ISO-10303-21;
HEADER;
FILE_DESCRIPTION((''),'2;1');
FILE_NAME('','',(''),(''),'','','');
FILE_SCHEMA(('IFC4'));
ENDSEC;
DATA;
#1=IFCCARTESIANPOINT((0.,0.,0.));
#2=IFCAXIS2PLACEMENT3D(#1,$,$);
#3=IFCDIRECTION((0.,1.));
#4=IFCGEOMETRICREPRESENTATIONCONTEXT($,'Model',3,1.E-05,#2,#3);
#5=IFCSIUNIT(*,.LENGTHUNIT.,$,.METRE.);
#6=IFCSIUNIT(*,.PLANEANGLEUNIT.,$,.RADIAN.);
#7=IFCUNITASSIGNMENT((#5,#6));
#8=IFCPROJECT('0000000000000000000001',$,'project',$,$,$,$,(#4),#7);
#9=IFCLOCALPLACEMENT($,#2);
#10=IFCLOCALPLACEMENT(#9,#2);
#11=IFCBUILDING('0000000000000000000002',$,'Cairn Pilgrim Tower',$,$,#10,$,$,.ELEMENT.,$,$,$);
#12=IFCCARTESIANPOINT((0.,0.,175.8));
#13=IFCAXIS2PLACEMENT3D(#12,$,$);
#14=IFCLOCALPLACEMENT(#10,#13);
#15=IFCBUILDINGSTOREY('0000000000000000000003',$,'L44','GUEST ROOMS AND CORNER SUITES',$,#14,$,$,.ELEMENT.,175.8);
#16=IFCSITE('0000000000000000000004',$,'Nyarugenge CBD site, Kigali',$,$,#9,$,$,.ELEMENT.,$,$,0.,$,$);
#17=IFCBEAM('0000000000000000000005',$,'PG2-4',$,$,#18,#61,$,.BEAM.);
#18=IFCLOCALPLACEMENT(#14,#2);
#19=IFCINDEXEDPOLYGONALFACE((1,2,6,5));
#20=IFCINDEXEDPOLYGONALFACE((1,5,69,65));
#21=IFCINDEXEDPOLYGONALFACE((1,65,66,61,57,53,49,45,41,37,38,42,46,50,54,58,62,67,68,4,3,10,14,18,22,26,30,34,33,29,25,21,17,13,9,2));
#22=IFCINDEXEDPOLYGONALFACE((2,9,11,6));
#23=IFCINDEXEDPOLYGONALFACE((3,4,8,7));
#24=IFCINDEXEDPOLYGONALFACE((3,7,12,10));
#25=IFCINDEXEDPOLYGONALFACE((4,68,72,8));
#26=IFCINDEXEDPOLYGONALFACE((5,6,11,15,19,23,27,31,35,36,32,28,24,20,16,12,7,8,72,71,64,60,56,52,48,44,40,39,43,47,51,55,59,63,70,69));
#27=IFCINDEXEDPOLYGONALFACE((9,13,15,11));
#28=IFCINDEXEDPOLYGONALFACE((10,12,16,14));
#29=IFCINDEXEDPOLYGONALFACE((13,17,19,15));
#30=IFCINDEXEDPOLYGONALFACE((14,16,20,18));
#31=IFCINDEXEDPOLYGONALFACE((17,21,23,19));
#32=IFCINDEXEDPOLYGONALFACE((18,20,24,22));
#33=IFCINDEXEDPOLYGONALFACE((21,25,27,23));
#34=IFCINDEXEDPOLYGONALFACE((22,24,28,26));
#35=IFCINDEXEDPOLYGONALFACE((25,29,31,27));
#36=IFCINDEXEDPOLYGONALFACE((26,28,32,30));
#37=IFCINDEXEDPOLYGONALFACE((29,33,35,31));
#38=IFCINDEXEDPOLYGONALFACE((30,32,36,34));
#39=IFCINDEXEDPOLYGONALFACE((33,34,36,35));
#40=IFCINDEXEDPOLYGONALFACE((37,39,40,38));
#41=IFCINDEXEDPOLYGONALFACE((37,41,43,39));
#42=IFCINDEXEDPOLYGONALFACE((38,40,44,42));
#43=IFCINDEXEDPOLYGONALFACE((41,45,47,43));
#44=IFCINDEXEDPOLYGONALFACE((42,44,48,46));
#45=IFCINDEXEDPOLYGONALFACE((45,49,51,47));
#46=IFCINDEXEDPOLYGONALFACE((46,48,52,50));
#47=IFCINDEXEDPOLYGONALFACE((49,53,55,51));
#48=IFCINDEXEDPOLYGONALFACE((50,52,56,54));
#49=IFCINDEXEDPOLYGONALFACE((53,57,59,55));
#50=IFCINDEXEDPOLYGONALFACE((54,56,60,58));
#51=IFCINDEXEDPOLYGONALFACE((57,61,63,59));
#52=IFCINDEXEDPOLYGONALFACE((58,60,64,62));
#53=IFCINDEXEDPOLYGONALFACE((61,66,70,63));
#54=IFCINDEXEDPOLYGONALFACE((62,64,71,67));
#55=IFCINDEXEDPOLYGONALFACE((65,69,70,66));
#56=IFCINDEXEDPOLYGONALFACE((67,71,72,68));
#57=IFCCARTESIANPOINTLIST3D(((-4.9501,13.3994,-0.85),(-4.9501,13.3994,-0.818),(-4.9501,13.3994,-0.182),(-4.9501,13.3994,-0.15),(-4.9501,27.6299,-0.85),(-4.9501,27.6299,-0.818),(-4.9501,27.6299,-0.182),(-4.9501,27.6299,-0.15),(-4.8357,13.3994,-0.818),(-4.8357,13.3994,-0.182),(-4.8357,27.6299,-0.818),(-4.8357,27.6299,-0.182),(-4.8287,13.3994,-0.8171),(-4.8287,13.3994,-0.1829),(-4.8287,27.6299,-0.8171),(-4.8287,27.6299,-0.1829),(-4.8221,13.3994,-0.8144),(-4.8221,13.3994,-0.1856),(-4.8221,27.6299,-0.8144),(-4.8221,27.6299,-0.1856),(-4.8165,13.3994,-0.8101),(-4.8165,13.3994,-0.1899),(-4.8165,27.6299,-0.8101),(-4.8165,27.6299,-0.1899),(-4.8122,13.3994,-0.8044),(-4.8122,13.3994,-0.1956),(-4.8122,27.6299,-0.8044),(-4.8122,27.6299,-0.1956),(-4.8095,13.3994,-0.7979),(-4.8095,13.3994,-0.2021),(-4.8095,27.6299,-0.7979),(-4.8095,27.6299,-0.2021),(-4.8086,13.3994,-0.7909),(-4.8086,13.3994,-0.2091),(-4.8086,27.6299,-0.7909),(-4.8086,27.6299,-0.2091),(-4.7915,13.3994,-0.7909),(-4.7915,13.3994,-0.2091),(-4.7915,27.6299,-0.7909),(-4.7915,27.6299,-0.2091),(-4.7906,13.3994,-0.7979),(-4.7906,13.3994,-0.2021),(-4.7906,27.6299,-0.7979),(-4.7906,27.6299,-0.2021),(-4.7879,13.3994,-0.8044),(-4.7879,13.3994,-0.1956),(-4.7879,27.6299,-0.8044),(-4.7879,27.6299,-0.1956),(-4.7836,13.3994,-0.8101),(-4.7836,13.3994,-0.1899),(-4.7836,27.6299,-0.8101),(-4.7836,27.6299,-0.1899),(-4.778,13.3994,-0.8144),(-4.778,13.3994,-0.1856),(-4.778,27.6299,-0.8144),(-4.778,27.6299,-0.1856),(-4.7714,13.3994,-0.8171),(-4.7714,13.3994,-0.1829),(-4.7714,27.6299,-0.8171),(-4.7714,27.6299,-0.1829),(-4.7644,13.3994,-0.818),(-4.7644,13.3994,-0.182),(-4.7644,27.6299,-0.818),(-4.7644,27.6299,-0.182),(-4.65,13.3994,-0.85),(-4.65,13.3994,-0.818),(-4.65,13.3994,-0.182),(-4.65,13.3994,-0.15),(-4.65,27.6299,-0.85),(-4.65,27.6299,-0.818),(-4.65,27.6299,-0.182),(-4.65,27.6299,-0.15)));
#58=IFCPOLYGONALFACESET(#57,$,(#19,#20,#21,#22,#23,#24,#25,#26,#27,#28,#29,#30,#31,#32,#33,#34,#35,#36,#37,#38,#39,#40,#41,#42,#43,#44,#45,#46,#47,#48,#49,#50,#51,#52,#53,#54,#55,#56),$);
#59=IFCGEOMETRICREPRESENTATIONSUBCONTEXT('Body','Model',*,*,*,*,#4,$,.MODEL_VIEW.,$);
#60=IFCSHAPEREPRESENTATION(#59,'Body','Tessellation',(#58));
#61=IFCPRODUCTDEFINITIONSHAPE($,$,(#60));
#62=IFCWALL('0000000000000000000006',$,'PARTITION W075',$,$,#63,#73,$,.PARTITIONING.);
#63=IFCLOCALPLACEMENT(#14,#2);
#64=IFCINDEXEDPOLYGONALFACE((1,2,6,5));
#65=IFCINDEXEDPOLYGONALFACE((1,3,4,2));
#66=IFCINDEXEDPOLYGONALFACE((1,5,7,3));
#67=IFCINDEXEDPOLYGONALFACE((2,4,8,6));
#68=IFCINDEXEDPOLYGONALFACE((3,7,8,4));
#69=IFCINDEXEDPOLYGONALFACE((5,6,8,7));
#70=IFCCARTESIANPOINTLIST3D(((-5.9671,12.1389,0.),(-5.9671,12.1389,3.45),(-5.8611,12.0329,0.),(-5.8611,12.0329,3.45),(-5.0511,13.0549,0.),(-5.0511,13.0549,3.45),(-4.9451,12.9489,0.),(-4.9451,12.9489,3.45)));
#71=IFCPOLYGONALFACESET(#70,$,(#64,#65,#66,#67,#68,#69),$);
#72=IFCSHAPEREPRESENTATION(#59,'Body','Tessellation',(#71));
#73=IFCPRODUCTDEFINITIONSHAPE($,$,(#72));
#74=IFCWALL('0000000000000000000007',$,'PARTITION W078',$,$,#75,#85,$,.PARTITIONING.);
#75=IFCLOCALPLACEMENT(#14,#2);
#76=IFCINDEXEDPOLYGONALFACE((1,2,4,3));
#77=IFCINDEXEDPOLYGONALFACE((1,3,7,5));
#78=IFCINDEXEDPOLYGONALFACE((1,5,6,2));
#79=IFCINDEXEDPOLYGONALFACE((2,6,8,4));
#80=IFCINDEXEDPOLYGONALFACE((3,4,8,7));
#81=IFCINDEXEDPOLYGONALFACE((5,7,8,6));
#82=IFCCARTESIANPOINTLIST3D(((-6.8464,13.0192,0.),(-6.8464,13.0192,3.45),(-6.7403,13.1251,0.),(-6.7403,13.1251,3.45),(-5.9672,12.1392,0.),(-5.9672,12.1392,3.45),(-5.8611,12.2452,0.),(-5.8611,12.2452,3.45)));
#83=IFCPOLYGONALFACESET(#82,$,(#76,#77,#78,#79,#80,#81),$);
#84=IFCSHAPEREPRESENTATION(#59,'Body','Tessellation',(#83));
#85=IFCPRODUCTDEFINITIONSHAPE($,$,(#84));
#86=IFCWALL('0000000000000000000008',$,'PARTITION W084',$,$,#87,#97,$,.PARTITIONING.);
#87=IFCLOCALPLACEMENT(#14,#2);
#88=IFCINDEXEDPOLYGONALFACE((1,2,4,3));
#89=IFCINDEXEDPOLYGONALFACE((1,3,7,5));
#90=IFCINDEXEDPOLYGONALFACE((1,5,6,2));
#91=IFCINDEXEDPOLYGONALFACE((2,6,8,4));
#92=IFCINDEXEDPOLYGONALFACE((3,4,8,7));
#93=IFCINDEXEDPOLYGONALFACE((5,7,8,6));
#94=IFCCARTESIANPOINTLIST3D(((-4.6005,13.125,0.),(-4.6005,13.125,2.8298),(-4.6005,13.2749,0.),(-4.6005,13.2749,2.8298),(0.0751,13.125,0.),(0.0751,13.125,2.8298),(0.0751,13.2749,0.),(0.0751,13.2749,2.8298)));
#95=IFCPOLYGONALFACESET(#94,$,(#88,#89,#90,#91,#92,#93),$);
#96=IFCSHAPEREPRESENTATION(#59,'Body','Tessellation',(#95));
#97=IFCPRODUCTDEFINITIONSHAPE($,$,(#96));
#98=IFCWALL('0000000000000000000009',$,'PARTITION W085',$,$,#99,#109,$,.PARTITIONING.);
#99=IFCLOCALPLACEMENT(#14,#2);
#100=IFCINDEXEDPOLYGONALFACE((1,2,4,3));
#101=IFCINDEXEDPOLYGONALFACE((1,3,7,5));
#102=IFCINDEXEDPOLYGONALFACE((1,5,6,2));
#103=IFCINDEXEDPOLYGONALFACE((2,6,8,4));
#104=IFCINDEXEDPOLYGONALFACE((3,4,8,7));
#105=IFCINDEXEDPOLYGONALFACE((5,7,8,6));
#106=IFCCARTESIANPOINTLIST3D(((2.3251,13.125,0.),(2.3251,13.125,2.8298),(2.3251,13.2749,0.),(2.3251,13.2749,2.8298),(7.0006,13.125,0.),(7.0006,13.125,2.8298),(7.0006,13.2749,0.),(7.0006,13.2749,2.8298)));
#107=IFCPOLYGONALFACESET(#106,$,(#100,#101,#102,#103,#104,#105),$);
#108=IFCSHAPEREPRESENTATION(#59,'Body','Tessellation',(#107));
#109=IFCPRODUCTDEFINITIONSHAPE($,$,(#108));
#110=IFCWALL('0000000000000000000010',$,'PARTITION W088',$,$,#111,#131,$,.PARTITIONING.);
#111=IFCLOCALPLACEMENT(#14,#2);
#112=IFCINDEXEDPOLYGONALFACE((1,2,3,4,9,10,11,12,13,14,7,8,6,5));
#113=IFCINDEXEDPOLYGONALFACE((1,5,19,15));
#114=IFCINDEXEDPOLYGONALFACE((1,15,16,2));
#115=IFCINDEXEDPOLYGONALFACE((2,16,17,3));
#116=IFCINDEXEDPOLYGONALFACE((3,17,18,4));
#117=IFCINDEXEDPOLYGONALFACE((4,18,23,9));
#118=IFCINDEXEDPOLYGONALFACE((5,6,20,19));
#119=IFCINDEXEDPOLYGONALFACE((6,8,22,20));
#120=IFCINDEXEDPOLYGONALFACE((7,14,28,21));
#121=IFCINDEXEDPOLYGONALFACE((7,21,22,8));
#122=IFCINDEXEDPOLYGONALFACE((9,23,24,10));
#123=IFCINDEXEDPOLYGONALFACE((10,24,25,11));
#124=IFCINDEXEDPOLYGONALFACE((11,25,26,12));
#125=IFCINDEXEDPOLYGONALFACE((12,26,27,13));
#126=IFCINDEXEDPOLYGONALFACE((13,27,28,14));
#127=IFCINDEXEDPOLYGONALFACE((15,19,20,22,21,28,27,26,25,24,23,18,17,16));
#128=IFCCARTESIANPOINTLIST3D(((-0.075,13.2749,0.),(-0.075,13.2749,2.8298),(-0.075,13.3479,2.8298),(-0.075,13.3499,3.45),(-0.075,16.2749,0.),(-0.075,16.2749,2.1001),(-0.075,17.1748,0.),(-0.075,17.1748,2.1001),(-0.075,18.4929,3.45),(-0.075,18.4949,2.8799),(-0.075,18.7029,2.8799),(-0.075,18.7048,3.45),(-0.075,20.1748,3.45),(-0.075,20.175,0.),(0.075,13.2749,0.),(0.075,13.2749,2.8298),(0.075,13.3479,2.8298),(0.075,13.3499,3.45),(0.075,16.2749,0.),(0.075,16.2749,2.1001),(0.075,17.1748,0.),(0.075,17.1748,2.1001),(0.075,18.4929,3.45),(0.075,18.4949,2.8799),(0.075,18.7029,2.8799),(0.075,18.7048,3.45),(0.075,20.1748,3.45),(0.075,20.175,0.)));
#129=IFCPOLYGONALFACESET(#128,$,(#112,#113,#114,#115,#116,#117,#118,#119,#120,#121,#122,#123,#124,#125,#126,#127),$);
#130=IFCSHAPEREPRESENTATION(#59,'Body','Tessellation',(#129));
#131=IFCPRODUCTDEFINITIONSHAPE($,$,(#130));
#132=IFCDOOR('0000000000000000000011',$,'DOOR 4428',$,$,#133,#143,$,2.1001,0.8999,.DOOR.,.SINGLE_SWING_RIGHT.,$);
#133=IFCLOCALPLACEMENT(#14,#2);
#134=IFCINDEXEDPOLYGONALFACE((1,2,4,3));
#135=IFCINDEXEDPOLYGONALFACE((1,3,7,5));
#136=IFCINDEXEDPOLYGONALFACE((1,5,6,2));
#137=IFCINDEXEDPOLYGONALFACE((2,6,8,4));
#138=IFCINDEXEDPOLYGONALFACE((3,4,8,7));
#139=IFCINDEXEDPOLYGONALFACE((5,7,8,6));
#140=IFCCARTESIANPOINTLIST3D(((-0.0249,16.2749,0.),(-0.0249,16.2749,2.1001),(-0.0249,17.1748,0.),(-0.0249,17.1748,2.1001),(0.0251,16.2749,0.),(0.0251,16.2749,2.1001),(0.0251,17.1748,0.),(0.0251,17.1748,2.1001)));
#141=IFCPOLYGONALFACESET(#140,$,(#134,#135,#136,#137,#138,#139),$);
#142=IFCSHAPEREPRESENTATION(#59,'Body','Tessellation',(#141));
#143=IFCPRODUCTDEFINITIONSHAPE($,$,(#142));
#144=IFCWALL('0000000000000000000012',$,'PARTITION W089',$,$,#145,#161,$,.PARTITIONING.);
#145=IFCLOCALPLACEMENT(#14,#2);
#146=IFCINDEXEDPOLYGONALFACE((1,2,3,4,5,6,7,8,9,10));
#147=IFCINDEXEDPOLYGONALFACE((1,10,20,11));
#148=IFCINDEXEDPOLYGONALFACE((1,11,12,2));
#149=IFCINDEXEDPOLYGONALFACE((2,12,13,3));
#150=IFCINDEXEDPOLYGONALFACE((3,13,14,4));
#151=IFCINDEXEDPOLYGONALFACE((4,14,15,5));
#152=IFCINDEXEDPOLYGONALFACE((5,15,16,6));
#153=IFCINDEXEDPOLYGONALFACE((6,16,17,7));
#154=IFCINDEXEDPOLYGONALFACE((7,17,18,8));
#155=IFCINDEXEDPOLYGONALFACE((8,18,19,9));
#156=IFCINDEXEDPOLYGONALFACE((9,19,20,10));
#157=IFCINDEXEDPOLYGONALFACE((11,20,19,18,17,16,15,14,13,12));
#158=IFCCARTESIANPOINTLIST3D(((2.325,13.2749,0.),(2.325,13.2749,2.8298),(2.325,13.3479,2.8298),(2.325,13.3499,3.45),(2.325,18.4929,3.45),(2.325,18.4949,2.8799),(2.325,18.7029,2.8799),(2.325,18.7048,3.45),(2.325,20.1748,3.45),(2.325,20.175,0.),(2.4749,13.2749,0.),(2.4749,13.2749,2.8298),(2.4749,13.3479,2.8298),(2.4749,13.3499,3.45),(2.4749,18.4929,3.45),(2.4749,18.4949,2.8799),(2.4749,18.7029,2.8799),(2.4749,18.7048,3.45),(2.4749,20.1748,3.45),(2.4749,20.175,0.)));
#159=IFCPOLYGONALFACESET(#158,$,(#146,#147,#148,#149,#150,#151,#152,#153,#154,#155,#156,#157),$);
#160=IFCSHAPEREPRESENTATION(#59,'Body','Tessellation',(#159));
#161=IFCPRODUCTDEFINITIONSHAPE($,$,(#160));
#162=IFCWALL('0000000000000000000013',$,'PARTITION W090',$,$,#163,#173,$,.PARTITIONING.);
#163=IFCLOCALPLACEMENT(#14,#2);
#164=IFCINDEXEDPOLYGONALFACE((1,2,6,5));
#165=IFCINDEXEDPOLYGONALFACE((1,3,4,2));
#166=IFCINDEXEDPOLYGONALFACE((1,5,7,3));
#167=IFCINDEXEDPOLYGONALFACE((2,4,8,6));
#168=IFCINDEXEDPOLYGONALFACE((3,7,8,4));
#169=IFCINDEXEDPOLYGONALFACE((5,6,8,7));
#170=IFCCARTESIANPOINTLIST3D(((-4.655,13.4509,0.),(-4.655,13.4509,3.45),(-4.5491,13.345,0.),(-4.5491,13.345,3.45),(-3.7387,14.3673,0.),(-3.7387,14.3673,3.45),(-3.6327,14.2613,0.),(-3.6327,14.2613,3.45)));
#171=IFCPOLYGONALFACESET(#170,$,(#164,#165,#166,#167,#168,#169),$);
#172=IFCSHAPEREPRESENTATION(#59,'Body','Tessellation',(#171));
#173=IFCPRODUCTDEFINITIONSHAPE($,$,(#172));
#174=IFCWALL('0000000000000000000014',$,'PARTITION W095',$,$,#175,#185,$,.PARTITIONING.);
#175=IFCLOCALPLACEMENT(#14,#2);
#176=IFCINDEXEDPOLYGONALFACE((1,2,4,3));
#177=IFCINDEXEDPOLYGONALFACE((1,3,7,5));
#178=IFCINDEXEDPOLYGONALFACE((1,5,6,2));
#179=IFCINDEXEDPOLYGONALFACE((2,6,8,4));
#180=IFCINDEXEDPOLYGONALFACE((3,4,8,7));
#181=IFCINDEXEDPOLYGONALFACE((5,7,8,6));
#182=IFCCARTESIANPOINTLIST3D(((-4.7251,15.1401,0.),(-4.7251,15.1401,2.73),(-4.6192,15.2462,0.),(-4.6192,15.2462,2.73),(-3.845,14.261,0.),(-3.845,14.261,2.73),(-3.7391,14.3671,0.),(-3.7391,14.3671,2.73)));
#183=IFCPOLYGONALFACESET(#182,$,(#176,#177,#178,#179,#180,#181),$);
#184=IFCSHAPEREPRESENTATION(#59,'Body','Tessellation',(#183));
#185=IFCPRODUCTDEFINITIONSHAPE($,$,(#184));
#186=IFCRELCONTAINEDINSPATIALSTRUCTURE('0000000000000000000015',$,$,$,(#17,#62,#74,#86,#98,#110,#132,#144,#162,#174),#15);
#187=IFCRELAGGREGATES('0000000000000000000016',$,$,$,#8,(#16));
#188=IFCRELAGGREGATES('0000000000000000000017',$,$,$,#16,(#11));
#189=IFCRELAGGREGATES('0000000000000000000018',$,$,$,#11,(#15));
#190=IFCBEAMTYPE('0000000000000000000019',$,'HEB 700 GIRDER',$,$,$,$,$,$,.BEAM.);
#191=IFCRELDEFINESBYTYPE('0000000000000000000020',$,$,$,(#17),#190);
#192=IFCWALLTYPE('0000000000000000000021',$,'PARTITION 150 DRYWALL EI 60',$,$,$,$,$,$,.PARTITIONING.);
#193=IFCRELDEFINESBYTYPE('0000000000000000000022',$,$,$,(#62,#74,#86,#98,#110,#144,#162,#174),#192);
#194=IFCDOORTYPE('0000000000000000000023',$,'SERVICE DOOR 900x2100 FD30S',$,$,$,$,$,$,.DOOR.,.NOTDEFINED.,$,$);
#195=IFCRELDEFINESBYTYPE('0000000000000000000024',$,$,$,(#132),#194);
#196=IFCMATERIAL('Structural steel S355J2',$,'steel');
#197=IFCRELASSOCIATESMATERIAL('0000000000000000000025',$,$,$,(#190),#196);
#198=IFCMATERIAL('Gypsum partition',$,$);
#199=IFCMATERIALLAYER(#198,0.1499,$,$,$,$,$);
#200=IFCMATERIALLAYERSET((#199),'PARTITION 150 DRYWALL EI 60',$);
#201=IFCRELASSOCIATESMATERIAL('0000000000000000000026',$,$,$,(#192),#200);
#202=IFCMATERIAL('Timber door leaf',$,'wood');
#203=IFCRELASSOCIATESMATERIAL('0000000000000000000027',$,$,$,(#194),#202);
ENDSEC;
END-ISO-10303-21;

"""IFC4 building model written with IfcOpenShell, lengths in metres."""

from ifc_helpers import new_model, si_unit, direction, frame, frame_2d, origin, origin_2d, place, context, subcontext, project, spatial, polyline, rectangle, i_section, outline, extrude, material, layer, layer_set, material_profile, profile_set, type_object, element, fill, save


model = new_model("IFC4")

# Units and contexts
model_context = context("Model", 3, precision=1e-05, world=origin(), true_north=direction((0.0, 1.0)))
body_context = subcontext(model_context, "Body", "Model", "MODEL_VIEW")
ifc_project = project(units=[si_unit("LENGTHUNIT", "METRE"), si_unit("PLANEANGLEUNIT", "RADIAN")], contexts=[model_context])

# Site, building, storey
site_placement = place(None, origin())
site = spatial("IfcSite", under=ifc_project, at=site_placement, Name="Nyarugenge CBD site, Kigali", CompositionType="ELEMENT", RefElevation=0.0)
building_placement = place(site_placement, origin())
building = spatial("IfcBuilding", under=site, at=building_placement, Name="Cairn Pilgrim Tower", CompositionType="ELEMENT")
storey_placement = place(building_placement, frame((0.0, 0.0, 175.8)))
storey = spatial("IfcBuildingStorey", under=building, at=storey_placement, Name="L44", Description="GUEST ROOMS AND CORNER SUITES", CompositionType="ELEMENT", Elevation=175.8)

# Shared definitions
ifc_material_1 = material(Name="Structural steel S355J2", Category="steel")

# Beam
ifc_material_profile_1 = material_profile(ifc_material_1, i_section(OverallWidth=0.3, OverallDepth=0.7, WebThickness=0.0171, FlangeThickness=0.032, FilletRadius=0.0271, at=origin_2d()), Name="HEB 700")
ifc_profile_set_1 = profile_set([ifc_material_profile_1], Name="Structural steel S355J2")
beam_type_1 = type_object("IfcBeamType", Name="HEB 700 GIRDER", PredefinedType="BEAM", material=ifc_profile_set_1)
beam_1_placement = place(storey_placement, frame((-4.8, 13.3994, -0.5), z_axis=(0.0, 1.0, 0.0), x_axis=(-1.0, 0.0, 0.0)))
element("IfcBeam", 1, at=beam_1_placement, inside=storey, type_object=beam_type_1, Name="PG2-4", PredefinedType="BEAM", context=body_context, shape_type="SweptSolid", body=[
    extrude(i_section(OverallWidth=0.3, OverallDepth=0.7, WebThickness=0.0171, FlangeThickness=0.032, FilletRadius=0.0271, at=origin_2d()), origin(), (0.0, 0.0, 1.0), 14.2305),
])

# Walls
ifc_material_2 = material(Name="Gypsum partition")
ifc_layer_1 = layer(ifc_material_2, 0.1499)
ifc_layer_set_1 = layer_set([ifc_layer_1], Name="PARTITION 150 DRYWALL EI 60")
wall_type_1 = type_object("IfcWallType", Name="PARTITION 150 DRYWALL EI 60", PredefinedType="PARTITIONING", material=ifc_layer_set_1)
wall_1_placement = place(storey_placement, frame((-5.9141, 12.0859, 0.0), z_axis=(0.0, 0.0, 1.0), x_axis=(0.707107, 0.707107, 0.0)))
element("IfcWall", 2, at=wall_1_placement, inside=storey, type_object=wall_type_1, Name="PARTITION W075", PredefinedType="PARTITIONING", context=body_context, shape_type="SweptSolid", body=[
    extrude(rectangle(XDim=1.2954, YDim=0.1499, at=frame_2d((0.6477, 0.0))), origin(), (0.0, 0.0, 1.0), 3.45),
])
wall_2_placement = place(storey_placement, frame((-5.9141, 12.1921, 0.0), z_axis=(0.0, 0.0, 1.0), x_axis=(-0.706812, 0.707401, 0.0)))
element("IfcWall", 3, at=wall_2_placement, inside=storey, type_object=wall_type_1, Name="PARTITION W078", PredefinedType="PARTITIONING", context=body_context, shape_type="SweptSolid", body=[
    extrude(rectangle(XDim=1.2439, YDim=0.1499, at=frame_2d((0.6221, 0.0))), origin(), (0.0, 0.0, 1.0), 3.45),
])
for number, where, z_axis, x_axis, name in (
    (4, (-4.6006, 13.2, 0.0), (0.0, 0.0, 1.0), (1.0, 0.0, 0.0), "PARTITION W084"),
    (5, (2.325, 13.2, 0.0), (0.0, 0.0, 1.0), (1.0, 0.0, 0.0), "PARTITION W085"),
):
    element("IfcWall", number, at=place(storey_placement, frame(where, z_axis=z_axis, x_axis=x_axis)), inside=storey, type_object=wall_type_1, Name=name, PredefinedType="PARTITIONING", context=body_context, shape_type="SweptSolid", body=[
        extrude(rectangle(XDim=4.6755, YDim=0.1499, at=frame_2d((2.3379, 0.0))), origin(), (0.0, 0.0, 1.0), 2.8298),
    ])

# Wall, opening, door
wall_3_placement = place(storey_placement, frame((0.0, 13.2749, 0.0), z_axis=(0.0, 0.0, 1.0), x_axis=(0.0, 1.0, 0.0)))
wall_3 = element("IfcWall", 6, at=wall_3_placement, inside=storey, type_object=wall_type_1, Name="PARTITION W088", PredefinedType="PARTITIONING", context=body_context, shape_type="SweptSolid", body=[
    extrude(outline(polyline([(0.0, 0.0), (6.9001, 0.0), (6.8999, 3.45), (5.4299, 3.45), (5.428, 2.8799), (5.22, 2.8799), (5.218, 3.45), (0.075, 3.45), (0.073, 2.8298), (0.0, 2.8298), (0.0, 0.0)])), frame((0.0, 0.075, 0.0), z_axis=(0.0, -1.0, 0.0), x_axis=(1.0, 0.0, 0.0)), (0.0, 0.0, 1.0), 0.1499),
])
opening_placement = place(wall_3_placement, frame((3.0, 0.0, 0.0)))
opening = element("IfcOpeningElement", 7, at=opening_placement, cuts=wall_3, PredefinedType="OPENING", context=body_context, shape_type="SweptSolid", body=[
    extrude(rectangle(XDim=0.8999, YDim=2.1001, at=frame_2d((0.45, 1.05))), frame((0.0, 0.085, 0.0), z_axis=(0.0, -1.0, 0.0), x_axis=(1.0, 0.0, 0.0)), (0.0, 0.0, 1.0), 0.1699),
])
ifc_material_3 = material(Name="Timber door leaf", Category="wood")
door_type = type_object("IfcDoorType", Name="SERVICE DOOR 900x2100 FD30S", OperationType="NOTDEFINED", PredefinedType="DOOR", material=ifc_material_3)
door_placement = place(opening_placement, origin())
door = element("IfcDoor", 8, at=door_placement, inside=storey, type_object=door_type, Name="DOOR 4428", OperationType="SINGLE_SWING_RIGHT", OverallHeight=2.1001, OverallWidth=0.8999, PredefinedType="DOOR", context=body_context, shape_type="SweptSolid", body=[
    extrude(rectangle(XDim=0.8999, YDim=2.1001, at=frame_2d((0.45, 1.05))), frame((0.0, 0.0249, 0.0), z_axis=(0.0, -1.0, 0.0), x_axis=(1.0, 0.0, 0.0)), (0.0, 0.0, 1.0), 0.05),
])
fill(opening, door)

# Walls
wall_4_placement = place(storey_placement, frame((2.3999, 13.2749, 0.0), z_axis=(0.0, 0.0, 1.0), x_axis=(0.0, 1.0, 0.0)))
element("IfcWall", 9, at=wall_4_placement, inside=storey, type_object=wall_type_1, Name="PARTITION W089", PredefinedType="PARTITIONING", context=body_context, shape_type="SweptSolid", body=[
    extrude(outline(polyline([(0.0, 0.0), (6.9001, 0.0), (6.8999, 3.45), (5.4299, 3.45), (5.428, 2.8799), (5.22, 2.8799), (5.218, 3.45), (0.075, 3.45), (0.073, 2.8298), (0.0, 2.8298), (0.0, 0.0)])), frame((0.0, 0.075, 0.0), z_axis=(0.0, -1.0, 0.0), x_axis=(1.0, 0.0, 0.0)), (0.0, 0.0, 1.0), 0.1499),
])
wall_5_placement = place(storey_placement, frame((-4.6021, 13.3979, 0.0), z_axis=(0.0, 0.0, 1.0), x_axis=(0.707107, 0.707107, 0.0)))
element("IfcWall", 10, at=wall_5_placement, inside=storey, type_object=wall_type_1, Name="PARTITION W090", PredefinedType="PARTITIONING", context=body_context, shape_type="SweptSolid", body=[
    extrude(rectangle(XDim=1.2959, YDim=0.1499, at=frame_2d((0.6479, 0.0))), origin(), (0.0, 0.0, 1.0), 3.45),
])
wall_6_placement = place(storey_placement, frame((-3.792, 14.314, 0.0), z_axis=(0.0, 0.0, 1.0), x_axis=(-0.707499, 0.706714, 0.0)))
element("IfcWall", 11, at=wall_6_placement, inside=storey, type_object=wall_type_1, Name="PARTITION W095", PredefinedType="PARTITIONING", context=body_context, shape_type="SweptSolid", body=[
    extrude(rectangle(XDim=1.2439, YDim=0.1499, at=frame_2d((0.6221, 0.0))), origin(), (0.0, 0.0, 1.0), 2.73),
])

save(model, "model.ifc")
